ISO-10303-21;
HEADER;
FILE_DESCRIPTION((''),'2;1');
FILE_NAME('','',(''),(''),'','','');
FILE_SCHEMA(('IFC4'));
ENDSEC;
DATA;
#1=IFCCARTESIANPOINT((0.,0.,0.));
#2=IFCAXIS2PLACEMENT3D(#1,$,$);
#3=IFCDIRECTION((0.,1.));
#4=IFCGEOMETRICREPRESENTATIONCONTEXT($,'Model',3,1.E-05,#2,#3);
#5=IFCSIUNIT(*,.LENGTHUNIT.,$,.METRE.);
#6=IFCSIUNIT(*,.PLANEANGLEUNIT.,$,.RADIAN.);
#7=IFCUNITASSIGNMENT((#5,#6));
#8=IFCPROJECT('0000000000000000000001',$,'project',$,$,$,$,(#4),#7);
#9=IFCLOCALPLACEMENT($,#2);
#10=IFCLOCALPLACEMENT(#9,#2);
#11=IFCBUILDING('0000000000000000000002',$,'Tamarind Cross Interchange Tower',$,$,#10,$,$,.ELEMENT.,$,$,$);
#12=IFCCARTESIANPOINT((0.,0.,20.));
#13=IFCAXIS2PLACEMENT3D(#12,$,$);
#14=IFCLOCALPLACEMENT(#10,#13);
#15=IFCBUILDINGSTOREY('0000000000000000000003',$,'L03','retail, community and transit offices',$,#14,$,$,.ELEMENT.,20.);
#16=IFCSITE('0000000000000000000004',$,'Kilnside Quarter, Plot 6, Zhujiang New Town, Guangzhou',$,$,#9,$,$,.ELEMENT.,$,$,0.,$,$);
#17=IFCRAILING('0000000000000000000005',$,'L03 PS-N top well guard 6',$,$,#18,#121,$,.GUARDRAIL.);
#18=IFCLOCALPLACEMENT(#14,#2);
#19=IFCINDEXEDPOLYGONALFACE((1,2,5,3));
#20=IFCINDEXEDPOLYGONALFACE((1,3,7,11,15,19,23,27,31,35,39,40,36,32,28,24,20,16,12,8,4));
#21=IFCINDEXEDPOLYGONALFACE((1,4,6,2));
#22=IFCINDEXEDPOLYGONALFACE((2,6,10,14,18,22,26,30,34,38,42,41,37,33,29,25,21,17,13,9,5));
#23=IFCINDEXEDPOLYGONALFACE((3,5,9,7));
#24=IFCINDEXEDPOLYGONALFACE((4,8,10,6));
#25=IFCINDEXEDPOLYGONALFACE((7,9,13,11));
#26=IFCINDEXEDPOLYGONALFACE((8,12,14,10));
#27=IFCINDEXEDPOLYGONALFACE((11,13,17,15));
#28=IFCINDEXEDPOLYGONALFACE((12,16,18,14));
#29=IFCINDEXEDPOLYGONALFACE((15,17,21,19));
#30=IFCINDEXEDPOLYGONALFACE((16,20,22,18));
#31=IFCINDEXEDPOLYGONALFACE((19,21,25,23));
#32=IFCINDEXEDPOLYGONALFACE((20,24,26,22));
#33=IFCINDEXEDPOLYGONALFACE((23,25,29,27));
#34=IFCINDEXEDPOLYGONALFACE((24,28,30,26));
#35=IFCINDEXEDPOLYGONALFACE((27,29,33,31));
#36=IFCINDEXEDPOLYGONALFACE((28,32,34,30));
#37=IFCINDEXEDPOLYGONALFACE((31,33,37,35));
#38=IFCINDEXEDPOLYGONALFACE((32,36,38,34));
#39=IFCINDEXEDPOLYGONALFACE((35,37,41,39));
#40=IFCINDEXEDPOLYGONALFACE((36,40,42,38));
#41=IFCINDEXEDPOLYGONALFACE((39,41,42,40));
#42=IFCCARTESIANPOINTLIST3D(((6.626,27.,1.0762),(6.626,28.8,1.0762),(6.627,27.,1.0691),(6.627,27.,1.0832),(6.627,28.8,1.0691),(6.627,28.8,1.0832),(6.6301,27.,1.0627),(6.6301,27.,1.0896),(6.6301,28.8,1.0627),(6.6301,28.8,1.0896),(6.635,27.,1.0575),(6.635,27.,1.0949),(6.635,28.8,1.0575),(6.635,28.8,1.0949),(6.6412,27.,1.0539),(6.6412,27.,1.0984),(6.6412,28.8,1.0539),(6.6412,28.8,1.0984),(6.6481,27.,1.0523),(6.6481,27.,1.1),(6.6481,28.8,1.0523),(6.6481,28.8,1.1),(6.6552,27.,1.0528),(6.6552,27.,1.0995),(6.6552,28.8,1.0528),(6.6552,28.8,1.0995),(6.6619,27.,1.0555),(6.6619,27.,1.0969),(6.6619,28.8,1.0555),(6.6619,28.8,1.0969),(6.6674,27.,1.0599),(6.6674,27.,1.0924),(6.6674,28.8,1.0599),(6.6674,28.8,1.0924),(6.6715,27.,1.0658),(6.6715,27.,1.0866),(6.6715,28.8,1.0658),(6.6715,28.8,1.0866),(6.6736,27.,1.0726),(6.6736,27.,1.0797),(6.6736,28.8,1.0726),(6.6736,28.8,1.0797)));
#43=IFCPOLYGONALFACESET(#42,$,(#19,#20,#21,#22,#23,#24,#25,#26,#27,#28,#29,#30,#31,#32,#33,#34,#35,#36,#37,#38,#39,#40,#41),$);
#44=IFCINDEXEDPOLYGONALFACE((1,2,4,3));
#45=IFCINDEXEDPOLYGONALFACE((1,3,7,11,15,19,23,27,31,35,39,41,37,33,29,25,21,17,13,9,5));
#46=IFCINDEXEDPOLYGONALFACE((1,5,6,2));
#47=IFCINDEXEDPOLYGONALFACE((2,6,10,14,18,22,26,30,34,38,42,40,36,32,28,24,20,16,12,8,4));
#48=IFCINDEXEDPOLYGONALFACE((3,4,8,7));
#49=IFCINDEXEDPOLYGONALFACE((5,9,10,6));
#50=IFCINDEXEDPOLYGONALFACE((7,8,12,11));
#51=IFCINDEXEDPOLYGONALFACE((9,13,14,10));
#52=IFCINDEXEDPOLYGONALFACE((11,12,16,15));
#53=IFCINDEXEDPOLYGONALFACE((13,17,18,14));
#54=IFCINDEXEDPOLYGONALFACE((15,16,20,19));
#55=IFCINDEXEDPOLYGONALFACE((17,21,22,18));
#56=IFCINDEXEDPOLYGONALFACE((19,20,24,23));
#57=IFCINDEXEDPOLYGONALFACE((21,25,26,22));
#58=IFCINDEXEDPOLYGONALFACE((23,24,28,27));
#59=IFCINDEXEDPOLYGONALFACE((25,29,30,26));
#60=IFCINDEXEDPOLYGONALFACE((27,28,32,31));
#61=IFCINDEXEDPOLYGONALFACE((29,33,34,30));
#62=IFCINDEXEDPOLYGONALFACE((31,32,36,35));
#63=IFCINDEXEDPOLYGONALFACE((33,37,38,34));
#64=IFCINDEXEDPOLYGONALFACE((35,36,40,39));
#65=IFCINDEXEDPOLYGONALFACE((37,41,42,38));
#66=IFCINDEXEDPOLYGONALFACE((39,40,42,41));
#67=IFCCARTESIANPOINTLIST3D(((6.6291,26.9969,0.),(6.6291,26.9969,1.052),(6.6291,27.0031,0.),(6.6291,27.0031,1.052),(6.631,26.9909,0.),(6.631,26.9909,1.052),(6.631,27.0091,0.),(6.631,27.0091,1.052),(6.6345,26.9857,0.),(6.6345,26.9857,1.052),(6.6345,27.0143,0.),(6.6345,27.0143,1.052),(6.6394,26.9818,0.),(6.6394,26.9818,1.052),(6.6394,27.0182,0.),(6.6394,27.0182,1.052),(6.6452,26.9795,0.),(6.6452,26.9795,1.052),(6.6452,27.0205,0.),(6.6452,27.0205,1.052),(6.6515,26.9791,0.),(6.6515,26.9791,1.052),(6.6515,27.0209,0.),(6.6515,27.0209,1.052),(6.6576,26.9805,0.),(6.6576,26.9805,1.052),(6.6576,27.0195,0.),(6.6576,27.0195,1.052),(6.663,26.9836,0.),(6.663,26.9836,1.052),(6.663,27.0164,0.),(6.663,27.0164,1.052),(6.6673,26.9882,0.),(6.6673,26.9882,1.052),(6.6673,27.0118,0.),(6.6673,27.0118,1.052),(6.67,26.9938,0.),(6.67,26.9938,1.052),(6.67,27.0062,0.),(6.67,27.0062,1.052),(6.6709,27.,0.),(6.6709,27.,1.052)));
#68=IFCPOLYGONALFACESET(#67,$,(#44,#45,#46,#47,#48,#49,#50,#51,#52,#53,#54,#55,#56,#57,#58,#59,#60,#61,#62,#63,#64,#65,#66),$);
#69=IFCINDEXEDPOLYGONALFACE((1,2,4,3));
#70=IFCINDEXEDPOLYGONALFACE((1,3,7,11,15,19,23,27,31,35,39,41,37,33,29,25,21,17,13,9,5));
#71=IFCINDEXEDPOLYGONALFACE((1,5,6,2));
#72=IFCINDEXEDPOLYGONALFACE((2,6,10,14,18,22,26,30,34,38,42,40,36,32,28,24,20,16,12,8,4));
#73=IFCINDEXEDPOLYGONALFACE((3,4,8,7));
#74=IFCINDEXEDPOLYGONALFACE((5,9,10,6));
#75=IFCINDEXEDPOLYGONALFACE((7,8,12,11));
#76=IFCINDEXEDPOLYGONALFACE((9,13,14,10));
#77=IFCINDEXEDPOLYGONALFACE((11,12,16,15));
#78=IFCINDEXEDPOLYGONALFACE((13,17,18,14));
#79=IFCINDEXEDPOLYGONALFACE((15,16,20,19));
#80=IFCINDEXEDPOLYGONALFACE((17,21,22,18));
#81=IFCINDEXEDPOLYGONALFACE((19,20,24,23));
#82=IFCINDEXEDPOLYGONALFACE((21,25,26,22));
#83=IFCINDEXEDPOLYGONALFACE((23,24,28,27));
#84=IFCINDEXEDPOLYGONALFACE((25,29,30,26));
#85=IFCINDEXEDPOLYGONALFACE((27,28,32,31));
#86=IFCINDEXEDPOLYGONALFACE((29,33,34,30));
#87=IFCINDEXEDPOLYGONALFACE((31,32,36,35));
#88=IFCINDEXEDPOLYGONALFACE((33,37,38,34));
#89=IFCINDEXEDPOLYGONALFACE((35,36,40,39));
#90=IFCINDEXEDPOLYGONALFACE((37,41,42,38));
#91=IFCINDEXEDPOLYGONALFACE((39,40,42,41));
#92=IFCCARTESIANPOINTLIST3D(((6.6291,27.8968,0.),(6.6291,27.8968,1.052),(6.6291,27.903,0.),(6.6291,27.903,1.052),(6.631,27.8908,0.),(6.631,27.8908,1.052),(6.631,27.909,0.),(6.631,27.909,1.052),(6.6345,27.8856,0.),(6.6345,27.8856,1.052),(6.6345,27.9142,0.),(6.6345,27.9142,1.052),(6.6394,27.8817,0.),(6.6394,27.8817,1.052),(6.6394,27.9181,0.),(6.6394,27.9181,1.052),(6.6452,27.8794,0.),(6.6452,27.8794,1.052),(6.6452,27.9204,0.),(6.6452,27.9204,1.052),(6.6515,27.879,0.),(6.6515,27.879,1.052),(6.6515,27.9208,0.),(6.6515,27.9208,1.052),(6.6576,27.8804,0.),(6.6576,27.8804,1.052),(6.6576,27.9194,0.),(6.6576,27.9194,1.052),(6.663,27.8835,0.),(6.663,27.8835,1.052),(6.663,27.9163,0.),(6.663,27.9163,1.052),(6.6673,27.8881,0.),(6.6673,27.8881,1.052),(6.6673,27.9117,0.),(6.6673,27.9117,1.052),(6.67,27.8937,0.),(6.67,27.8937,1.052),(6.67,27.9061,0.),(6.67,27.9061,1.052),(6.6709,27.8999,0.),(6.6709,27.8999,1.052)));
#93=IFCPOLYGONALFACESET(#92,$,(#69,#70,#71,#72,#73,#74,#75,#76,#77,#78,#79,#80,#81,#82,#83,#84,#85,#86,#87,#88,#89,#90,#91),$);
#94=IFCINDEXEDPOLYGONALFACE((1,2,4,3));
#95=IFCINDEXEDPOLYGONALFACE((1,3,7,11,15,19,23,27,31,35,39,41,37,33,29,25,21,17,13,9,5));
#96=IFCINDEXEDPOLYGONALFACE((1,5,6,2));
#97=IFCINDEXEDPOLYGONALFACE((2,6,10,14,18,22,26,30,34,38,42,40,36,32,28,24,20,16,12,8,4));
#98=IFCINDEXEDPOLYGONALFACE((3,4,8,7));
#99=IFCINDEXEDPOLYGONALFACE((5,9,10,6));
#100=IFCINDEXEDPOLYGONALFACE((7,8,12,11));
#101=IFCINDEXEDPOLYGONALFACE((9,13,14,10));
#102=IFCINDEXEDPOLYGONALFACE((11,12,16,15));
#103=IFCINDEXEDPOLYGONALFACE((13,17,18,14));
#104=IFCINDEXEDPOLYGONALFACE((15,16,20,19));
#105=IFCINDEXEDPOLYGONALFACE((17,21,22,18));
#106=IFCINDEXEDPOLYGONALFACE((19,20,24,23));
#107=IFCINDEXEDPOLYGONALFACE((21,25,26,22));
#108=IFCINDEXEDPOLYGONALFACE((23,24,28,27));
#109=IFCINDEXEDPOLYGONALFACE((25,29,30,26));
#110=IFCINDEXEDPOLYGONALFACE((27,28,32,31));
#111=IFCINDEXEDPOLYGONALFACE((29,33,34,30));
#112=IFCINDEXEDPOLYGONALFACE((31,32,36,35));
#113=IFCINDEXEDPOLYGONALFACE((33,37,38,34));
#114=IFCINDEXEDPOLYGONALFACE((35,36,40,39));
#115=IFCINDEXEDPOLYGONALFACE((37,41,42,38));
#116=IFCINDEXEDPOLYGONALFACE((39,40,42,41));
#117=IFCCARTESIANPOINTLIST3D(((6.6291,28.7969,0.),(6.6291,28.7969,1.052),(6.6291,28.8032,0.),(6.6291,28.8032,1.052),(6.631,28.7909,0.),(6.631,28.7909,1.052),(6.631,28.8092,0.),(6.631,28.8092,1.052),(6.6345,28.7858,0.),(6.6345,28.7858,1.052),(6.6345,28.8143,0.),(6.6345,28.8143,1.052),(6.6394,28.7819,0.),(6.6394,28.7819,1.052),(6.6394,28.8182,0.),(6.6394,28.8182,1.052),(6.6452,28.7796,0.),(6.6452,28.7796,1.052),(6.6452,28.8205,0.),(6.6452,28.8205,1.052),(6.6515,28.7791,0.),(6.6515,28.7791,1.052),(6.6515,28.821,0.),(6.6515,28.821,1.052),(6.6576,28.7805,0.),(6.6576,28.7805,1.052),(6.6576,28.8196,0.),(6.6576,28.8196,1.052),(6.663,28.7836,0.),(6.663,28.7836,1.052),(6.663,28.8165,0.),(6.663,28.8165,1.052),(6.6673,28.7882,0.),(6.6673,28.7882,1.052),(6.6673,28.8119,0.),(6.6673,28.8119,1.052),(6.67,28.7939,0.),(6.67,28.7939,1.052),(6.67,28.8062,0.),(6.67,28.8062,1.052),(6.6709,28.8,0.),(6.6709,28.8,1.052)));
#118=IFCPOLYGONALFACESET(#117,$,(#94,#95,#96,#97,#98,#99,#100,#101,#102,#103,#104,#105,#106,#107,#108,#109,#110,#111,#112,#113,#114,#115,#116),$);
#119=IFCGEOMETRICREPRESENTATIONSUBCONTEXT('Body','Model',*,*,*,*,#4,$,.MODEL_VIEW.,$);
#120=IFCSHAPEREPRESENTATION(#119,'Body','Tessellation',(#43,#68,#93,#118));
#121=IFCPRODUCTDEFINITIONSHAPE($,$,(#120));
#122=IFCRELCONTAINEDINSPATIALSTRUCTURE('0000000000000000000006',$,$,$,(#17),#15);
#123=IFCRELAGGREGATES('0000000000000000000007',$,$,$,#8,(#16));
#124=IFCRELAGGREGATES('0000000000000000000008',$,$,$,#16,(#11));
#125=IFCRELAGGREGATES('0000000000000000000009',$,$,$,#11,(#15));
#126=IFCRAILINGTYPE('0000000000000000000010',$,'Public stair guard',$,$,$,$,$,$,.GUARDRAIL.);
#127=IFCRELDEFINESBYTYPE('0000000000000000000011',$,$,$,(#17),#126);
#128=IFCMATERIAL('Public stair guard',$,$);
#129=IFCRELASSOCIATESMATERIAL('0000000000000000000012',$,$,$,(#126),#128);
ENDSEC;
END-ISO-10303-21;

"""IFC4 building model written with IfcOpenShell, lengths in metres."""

from ifc_helpers import new_model, si_unit, direction, frame, origin, origin_2d, place, context, subcontext, project, spatial, circle, extrude, material, type_object, element, save


model = new_model("IFC4")

# Units and contexts
model_context = context("Model", 3, precision=1e-05, world=origin(), true_north=direction((0.0, 1.0)))
body_context = subcontext(model_context, "Body", "Model", "MODEL_VIEW")
ifc_project = project(units=[si_unit("LENGTHUNIT", "METRE"), si_unit("PLANEANGLEUNIT", "RADIAN")], contexts=[model_context])

# Site, building, storey
site_placement = place(None, origin())
site = spatial("IfcSite", under=ifc_project, at=site_placement, Name="Kilnside Quarter, Plot 6, Zhujiang New Town, Guangzhou", CompositionType="ELEMENT", RefElevation=0.0)
building_placement = place(site_placement, origin())
building = spatial("IfcBuilding", under=site, at=building_placement, Name="Tamarind Cross Interchange Tower", CompositionType="ELEMENT")
storey_placement = place(building_placement, frame((0.0, 0.0, 20.0)))
storey = spatial("IfcBuildingStorey", under=building, at=storey_placement, Name="L03", Description="retail, community and transit offices", CompositionType="ELEMENT", Elevation=20.0)

# Railing
ifc_material_1 = material(Name="Public stair guard")
railing_type_1 = type_object("IfcRailingType", Name="Public stair guard", PredefinedType="GUARDRAIL", material=ifc_material_1)
for number, where, name in (
    (1, (6.6499, 27.0, 0.0), "L03 PS-N top well guard 6"),
):
    element("IfcRailing", number, at=place(storey_placement, frame(where)), inside=storey, type_object=railing_type_1, Name=name, PredefinedType="GUARDRAIL", context=body_context, shape_type="SweptSolid", body=[
        extrude(circle(Radius=0.0239, at=origin_2d()), frame((0.0, 0.0, 1.0762), z_axis=(0.0, 1.0, 0.0), x_axis=(-1.0, 0.0, 0.0)), (0.0, 0.0, 1.0), 1.8),
        extrude(circle(Radius=0.021, at=origin_2d()), origin(), (0.0, 0.0, 1.0), 1.052),
        extrude(circle(Radius=0.021, at=origin_2d()), frame((0.0, 0.8999, 0.0)), (0.0, 0.0, 1.0), 1.052),
        extrude(circle(Radius=0.021, at=origin_2d()), frame((0.0, 1.8, 0.0)), (0.0, 0.0, 1.0), 1.052),
    ])

save(model, "model.ifc")
